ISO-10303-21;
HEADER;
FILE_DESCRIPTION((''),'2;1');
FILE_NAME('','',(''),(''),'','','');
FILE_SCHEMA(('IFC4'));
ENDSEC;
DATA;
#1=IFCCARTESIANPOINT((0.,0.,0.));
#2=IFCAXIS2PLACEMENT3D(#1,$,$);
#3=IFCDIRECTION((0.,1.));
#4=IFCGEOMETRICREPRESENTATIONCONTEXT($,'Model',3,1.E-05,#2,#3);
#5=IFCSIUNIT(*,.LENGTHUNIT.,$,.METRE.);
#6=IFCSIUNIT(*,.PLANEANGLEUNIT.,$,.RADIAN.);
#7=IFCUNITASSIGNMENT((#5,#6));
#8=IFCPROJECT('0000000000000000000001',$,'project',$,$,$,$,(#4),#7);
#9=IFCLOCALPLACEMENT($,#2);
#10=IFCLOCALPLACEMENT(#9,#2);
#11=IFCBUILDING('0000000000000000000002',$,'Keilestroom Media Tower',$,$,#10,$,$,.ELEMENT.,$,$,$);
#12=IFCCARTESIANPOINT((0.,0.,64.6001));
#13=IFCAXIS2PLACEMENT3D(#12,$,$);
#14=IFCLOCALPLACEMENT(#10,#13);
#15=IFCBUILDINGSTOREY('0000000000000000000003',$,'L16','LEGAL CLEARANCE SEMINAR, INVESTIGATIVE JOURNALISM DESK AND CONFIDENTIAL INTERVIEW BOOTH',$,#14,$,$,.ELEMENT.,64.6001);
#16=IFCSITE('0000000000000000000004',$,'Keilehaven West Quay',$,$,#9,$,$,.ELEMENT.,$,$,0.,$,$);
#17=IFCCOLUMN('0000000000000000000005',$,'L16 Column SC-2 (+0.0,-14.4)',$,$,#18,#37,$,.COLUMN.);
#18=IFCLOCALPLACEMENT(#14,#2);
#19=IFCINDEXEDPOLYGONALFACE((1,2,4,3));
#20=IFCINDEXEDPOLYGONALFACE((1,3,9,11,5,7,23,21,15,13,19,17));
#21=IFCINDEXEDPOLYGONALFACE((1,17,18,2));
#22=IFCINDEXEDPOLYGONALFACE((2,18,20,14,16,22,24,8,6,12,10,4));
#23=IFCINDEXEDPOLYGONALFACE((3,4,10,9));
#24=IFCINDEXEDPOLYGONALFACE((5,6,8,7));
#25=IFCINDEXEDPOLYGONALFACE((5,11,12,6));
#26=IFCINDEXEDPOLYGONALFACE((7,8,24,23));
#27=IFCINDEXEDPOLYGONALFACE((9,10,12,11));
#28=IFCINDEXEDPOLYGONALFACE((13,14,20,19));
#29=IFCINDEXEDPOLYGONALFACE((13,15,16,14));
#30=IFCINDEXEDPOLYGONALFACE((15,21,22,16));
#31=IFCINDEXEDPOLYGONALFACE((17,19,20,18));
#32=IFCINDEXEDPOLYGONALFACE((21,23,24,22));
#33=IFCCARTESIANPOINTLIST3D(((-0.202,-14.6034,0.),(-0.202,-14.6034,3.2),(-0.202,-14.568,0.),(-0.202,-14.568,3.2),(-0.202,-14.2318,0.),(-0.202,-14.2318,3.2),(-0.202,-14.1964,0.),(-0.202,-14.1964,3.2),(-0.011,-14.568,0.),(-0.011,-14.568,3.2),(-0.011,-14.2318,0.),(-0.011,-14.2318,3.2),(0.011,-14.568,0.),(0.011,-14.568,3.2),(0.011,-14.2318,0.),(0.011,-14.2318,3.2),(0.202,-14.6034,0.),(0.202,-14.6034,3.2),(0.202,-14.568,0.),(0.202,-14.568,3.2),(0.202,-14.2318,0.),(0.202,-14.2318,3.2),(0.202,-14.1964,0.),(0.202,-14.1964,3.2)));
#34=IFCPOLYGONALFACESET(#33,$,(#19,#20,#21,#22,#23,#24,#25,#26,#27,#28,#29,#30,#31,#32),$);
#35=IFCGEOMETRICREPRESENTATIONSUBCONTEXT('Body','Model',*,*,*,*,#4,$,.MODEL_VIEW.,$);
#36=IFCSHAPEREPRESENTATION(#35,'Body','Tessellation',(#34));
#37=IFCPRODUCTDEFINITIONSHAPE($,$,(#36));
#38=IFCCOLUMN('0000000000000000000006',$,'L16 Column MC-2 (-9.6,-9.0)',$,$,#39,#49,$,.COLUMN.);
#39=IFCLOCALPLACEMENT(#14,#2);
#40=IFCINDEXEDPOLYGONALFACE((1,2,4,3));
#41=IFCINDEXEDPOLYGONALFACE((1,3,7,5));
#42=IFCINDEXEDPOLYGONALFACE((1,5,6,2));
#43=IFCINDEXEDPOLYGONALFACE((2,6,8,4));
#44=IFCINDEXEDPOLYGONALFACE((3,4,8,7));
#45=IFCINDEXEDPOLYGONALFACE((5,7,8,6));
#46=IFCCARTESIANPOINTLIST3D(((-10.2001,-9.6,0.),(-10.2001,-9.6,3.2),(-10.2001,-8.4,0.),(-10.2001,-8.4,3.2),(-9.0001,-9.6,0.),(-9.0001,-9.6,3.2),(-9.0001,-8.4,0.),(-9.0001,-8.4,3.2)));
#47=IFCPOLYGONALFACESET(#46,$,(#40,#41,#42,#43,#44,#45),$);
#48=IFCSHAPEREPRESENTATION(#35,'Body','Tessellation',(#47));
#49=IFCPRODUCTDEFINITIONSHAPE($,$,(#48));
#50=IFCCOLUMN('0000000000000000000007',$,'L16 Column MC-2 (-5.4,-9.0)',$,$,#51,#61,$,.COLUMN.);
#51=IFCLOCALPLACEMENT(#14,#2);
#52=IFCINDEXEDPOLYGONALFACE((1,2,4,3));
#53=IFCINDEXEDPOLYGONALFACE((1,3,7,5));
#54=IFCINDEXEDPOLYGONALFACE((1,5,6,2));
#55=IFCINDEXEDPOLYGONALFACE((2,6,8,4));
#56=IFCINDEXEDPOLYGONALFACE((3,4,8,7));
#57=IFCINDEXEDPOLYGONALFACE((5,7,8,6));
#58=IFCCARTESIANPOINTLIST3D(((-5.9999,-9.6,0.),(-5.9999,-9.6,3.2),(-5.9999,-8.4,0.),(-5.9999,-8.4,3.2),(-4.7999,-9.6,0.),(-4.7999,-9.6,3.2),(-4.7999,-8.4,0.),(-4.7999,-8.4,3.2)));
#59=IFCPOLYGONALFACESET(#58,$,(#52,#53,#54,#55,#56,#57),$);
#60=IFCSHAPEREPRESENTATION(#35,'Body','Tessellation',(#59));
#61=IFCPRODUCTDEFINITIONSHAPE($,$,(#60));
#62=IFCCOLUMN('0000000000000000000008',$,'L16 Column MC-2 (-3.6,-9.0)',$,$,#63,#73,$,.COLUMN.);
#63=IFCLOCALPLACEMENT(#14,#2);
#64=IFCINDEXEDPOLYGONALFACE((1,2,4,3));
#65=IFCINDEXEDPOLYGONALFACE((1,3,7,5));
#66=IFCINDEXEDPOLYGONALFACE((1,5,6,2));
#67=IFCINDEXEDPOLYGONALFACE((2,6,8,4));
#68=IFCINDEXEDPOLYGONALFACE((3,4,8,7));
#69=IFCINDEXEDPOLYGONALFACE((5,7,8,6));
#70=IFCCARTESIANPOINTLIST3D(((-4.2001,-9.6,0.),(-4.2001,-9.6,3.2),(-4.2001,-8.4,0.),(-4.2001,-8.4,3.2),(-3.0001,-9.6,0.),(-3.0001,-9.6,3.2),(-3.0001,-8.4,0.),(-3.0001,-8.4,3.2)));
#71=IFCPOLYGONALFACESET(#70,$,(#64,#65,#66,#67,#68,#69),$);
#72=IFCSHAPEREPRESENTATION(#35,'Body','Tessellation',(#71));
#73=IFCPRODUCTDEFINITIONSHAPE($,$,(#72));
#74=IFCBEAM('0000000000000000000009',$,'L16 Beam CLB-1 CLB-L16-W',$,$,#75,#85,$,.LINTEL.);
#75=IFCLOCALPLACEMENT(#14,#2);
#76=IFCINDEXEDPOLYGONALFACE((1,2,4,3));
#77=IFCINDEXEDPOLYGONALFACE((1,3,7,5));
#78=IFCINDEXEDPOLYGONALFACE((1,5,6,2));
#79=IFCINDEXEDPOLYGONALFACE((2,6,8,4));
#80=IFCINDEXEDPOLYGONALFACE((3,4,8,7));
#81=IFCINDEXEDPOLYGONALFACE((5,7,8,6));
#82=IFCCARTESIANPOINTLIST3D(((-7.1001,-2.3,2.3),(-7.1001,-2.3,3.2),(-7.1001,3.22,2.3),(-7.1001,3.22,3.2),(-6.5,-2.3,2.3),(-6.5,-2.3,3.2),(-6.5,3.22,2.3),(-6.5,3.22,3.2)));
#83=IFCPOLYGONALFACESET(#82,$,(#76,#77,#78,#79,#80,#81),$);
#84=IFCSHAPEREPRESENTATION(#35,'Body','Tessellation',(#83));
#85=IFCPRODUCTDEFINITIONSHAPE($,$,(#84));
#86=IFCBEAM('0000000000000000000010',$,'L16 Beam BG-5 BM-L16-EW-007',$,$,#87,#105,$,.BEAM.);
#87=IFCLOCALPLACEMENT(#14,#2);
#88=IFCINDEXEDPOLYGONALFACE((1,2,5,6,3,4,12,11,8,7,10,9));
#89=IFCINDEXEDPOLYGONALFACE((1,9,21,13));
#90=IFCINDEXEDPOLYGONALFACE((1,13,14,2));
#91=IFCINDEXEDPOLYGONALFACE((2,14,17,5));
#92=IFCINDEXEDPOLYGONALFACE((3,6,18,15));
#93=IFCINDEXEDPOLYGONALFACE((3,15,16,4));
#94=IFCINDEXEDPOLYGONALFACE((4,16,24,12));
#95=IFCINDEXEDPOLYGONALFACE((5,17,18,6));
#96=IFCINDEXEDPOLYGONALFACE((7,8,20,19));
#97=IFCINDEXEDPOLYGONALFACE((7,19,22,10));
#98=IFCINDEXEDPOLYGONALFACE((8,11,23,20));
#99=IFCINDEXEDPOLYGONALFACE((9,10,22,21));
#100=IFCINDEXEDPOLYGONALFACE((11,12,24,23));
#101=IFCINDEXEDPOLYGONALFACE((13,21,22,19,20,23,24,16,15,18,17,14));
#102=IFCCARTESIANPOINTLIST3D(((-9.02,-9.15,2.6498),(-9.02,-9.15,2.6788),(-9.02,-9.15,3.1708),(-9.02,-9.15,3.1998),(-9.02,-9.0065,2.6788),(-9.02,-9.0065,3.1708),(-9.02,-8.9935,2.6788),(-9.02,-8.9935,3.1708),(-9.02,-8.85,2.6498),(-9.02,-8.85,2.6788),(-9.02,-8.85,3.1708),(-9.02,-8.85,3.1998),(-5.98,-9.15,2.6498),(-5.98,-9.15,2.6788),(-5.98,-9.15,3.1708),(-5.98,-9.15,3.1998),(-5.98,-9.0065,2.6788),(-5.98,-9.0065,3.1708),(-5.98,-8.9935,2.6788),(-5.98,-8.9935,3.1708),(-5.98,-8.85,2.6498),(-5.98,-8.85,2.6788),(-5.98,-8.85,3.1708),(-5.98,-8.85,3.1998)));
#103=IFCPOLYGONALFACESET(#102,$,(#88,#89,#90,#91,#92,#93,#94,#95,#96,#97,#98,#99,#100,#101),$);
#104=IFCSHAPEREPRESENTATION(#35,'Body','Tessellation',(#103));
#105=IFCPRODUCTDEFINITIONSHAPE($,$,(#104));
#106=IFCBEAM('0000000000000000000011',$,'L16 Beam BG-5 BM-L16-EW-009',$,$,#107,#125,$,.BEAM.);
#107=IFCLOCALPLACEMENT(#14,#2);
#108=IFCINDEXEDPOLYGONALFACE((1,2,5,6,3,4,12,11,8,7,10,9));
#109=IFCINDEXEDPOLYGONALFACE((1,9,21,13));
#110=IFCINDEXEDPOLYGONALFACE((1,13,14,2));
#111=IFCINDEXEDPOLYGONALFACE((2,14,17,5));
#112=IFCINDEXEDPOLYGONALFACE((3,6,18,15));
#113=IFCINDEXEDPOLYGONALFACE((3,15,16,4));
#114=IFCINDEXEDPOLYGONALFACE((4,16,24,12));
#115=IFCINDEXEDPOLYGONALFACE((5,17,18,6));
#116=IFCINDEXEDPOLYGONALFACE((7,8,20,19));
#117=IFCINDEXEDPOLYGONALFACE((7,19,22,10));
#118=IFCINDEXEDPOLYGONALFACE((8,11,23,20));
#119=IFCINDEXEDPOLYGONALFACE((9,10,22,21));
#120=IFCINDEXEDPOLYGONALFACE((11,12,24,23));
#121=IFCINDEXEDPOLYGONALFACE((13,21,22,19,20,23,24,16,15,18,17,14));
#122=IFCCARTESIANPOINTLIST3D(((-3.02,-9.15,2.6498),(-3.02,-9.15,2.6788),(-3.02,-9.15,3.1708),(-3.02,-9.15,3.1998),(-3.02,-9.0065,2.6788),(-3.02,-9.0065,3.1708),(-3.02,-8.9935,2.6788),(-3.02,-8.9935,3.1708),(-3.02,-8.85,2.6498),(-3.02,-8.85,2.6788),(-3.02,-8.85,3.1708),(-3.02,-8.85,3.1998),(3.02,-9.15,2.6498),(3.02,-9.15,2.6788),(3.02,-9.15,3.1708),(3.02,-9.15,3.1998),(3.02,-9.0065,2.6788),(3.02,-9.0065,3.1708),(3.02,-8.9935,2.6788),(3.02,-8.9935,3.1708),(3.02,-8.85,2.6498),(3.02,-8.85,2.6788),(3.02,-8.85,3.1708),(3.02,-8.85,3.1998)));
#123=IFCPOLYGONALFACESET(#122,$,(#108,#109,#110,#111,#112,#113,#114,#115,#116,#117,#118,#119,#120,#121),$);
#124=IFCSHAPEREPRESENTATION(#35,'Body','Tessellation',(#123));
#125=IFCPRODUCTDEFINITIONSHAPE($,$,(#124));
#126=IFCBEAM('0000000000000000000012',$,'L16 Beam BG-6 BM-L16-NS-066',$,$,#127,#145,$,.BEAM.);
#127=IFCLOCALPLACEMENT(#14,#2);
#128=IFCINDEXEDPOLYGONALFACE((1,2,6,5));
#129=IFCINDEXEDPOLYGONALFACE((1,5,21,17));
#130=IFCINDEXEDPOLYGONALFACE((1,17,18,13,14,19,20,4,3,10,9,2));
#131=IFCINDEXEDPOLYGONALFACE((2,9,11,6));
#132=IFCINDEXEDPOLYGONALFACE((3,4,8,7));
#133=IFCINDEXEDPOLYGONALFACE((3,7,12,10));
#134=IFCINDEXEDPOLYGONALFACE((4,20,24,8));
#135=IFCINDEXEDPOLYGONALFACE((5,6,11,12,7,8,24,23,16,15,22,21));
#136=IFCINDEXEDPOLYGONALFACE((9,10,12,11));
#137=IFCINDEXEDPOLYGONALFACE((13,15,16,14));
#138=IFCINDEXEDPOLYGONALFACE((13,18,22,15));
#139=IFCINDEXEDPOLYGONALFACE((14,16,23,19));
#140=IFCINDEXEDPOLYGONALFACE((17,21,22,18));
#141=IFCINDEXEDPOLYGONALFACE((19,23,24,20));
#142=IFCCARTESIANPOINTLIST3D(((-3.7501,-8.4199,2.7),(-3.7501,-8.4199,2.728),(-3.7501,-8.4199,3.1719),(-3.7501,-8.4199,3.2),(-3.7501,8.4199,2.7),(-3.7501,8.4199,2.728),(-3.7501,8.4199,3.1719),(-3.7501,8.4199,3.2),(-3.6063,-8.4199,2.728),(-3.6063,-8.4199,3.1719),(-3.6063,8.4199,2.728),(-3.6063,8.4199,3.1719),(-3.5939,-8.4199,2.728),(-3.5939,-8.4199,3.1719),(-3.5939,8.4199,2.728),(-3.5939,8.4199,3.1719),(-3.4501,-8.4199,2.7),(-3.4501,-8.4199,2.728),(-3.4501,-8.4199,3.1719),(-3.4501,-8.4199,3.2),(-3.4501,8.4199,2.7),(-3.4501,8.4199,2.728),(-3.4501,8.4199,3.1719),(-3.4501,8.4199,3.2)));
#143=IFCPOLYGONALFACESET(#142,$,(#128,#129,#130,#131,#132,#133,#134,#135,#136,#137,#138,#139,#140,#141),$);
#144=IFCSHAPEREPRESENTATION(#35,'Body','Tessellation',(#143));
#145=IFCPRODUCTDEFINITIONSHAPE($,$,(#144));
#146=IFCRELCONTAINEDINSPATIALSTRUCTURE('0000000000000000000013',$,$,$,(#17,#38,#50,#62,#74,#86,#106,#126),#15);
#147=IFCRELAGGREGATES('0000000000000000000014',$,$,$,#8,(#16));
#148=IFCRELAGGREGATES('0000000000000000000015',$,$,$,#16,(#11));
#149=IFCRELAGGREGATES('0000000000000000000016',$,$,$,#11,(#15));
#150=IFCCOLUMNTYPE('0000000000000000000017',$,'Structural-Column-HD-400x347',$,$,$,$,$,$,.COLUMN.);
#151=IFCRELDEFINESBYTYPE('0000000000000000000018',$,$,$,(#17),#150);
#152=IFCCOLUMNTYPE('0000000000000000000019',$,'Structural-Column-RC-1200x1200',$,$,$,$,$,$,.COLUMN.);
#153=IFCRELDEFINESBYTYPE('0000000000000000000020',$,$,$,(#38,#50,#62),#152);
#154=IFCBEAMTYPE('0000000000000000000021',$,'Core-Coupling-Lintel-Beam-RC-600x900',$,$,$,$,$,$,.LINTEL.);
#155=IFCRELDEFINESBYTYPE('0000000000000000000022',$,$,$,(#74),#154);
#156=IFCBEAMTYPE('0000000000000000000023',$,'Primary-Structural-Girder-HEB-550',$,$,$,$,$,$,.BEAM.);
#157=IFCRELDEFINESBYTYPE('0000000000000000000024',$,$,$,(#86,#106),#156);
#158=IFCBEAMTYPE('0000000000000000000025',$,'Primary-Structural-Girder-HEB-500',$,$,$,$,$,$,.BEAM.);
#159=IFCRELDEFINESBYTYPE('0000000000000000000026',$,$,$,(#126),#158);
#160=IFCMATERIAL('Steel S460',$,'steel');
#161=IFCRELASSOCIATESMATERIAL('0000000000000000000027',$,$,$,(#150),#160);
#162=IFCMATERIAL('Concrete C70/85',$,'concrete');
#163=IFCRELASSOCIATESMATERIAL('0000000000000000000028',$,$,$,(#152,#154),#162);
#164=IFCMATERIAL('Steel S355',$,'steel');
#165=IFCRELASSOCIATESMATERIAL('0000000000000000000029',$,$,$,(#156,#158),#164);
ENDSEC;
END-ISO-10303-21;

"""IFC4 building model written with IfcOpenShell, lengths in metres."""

from ifc_helpers import new_model, si_unit, direction, frame, origin, origin_2d, place, context, subcontext, project, spatial, rectangle, i_section, extrude, source, transform, mapped, material, material_profile, profile_set, type_object, element, save


model = new_model("IFC4")

# Units and contexts
model_context = context("Model", 3, precision=1e-05, world=origin(), true_north=direction((0.0, 1.0)))
body_context = subcontext(model_context, "Body", "Model", "MODEL_VIEW")
ifc_project = project(units=[si_unit("LENGTHUNIT", "METRE"), si_unit("PLANEANGLEUNIT", "RADIAN")], contexts=[model_context])

# Site, building, storey
site_placement = place(None, origin())
site = spatial("IfcSite", under=ifc_project, at=site_placement, Name="Keilehaven West Quay", CompositionType="ELEMENT", RefElevation=0.0)
building_placement = place(site_placement, origin())
building = spatial("IfcBuilding", under=site, at=building_placement, Name="Keilestroom Media Tower", CompositionType="ELEMENT")
storey_placement = place(building_placement, frame((0.0, 0.0, 64.6001)))
storey = spatial("IfcBuildingStorey", under=building, at=storey_placement, Name="L16", Description="LEGAL CLEARANCE SEMINAR, INVESTIGATIVE JOURNALISM DESK AND CONFIDENTIAL INTERVIEW BOOTH", CompositionType="ELEMENT", Elevation=64.6001)

# Columns
ifc_material_1 = material(Name="Steel S460", Category="steel")
ifc_material_profile_1 = material_profile(ifc_material_1, i_section(OverallWidth=0.4041, OverallDepth=0.407, WebThickness=0.022, FlangeThickness=0.0354, at=origin_2d()), Name="HD 400x347")
ifc_profile_set_1 = profile_set([ifc_material_profile_1], Name="Steel S460")
column_type_1 = type_object("IfcColumnType", Name="Structural-Column-HD-400x347", PredefinedType="COLUMN", material=ifc_profile_set_1)
shared_shape_1 = source(origin(), body_context, "Body", "SweptSolid", [
    extrude(i_section(OverallWidth=0.4041, OverallDepth=0.407, WebThickness=0.022, FlangeThickness=0.0354, at=origin_2d()), origin(), (0.0, 0.0, 1.0), 3.2),
])
column_placement = place(storey_placement, frame((0.0, -14.3999, 0.0), z_axis=(0.0, 0.0, 1.0), x_axis=(1.0, 0.0, 0.0)))
element("IfcColumn", 1, at=column_placement, inside=storey, type_object=column_type_1, Name="L16 Column SC-2 (+0.0,-14.4)", PredefinedType="COLUMN", context=body_context, shape_type="MappedRepresentation", body=[
    mapped(shared_shape_1, transform((0.0, 0.0, 0.0), x_axis=(1.0, 0.0, 0.0), y_axis=(0.0, 1.0, 0.0), z_axis=(0.0, 0.0, 1.0), scale=1.0)),
])
ifc_material_2 = material(Name="Concrete C70/85", Category="concrete")
ifc_material_profile_2 = material_profile(ifc_material_2, rectangle(XDim=1.2, YDim=1.2, at=origin_2d()), Name="RC 1200x1200")
ifc_profile_set_2 = profile_set([ifc_material_profile_2], Name="Concrete C70/85")
column_type_2 = type_object("IfcColumnType", Name="Structural-Column-RC-1200x1200", PredefinedType="COLUMN", material=ifc_profile_set_2)
shared_shape_2 = source(origin(), body_context, "Body", "SweptSolid", [
    extrude(rectangle(XDim=1.2, YDim=1.2, at=origin_2d()), origin(), (0.0, 0.0, 1.0), 3.2),
])
for number, where, z_axis, x_axis, name in (
    (2, (-9.6001, -9.0, 0.0), (0.0, 0.0, 1.0), (1.0, 0.0, 0.0), "L16 Column MC-2 (-9.6,-9.0)"),
    (3, (-5.3999, -9.0, 0.0), (0.0, 0.0, 1.0), (1.0, 0.0, 0.0), "L16 Column MC-2 (-5.4,-9.0)"),
    (4, (-3.6001, -9.0, 0.0), (0.0, 0.0, 1.0), (1.0, 0.0, 0.0), "L16 Column MC-2 (-3.6,-9.0)"),
):
    element("IfcColumn", number, at=place(storey_placement, frame(where, z_axis=z_axis, x_axis=x_axis)), inside=storey, type_object=column_type_2, Name=name, PredefinedType="COLUMN", context=body_context, shape_type="MappedRepresentation", body=[
        mapped(shared_shape_2, transform((0.0, 0.0, 0.0), x_axis=(1.0, 0.0, 0.0), y_axis=(0.0, 1.0, 0.0), z_axis=(0.0, 0.0, 1.0), scale=1.0)),
    ])

# Beams
ifc_material_profile_3 = material_profile(ifc_material_2, rectangle(XDim=0.6001, YDim=0.8999, at=origin_2d()), Name="RC 600x900")
ifc_profile_set_3 = profile_set([ifc_material_profile_3], Name="Concrete C70/85")
beam_type_1 = type_object("IfcBeamType", Name="Core-Coupling-Lintel-Beam-RC-600x900", PredefinedType="LINTEL", material=ifc_profile_set_3)
shared_shape_3 = source(origin(), body_context, "Body", "SweptSolid", [
    extrude(rectangle(XDim=0.6001, YDim=0.8999, at=origin_2d()), origin(), (0.0, 0.0, 1.0), 5.52),
])
beam_1_placement = place(storey_placement, frame((-6.8, -2.3, 2.75), z_axis=(0.0, 1.0, 0.0), x_axis=(-1.0, 0.0, 0.0)))
element("IfcBeam", 5, at=beam_1_placement, inside=storey, type_object=beam_type_1, Name="L16 Beam CLB-1 CLB-L16-W", PredefinedType="LINTEL", context=body_context, shape_type="MappedRepresentation", body=[
    mapped(shared_shape_3, transform((0.0, 0.0, 0.0), x_axis=(1.0, 0.0, 0.0), y_axis=(0.0, 1.0, 0.0), z_axis=(0.0, 0.0, 1.0), scale=1.0)),
])
ifc_material_3 = material(Name="Steel S355", Category="steel")
ifc_material_profile_4 = material_profile(ifc_material_3, i_section(OverallWidth=0.3, OverallDepth=0.55, WebThickness=0.0129, FlangeThickness=0.0291, at=origin_2d()), Name="HEB 550")
ifc_profile_set_4 = profile_set([ifc_material_profile_4], Name="Steel S355")
beam_type_2 = type_object("IfcBeamType", Name="Primary-Structural-Girder-HEB-550", PredefinedType="BEAM", material=ifc_profile_set_4)
shared_shape_4 = source(origin(), body_context, "Body", "SweptSolid", [
    extrude(i_section(OverallWidth=0.3, OverallDepth=0.55, WebThickness=0.0129, FlangeThickness=0.0291, at=origin_2d()), origin(), (0.0, 0.0, 1.0), 3.04),
])
beam_2_placement = place(storey_placement, frame((-9.02, -9.0, 2.9248), z_axis=(1.0, 0.0, 0.0), x_axis=(0.0, 1.0, 0.0)))
element("IfcBeam", 6, at=beam_2_placement, inside=storey, type_object=beam_type_2, Name="L16 Beam BG-5 BM-L16-EW-007", PredefinedType="BEAM", context=body_context, shape_type="MappedRepresentation", body=[
    mapped(shared_shape_4, transform((0.0, 0.0, 0.0), x_axis=(1.0, 0.0, 0.0), y_axis=(0.0, 1.0, 0.0), z_axis=(0.0, 0.0, 1.0), scale=1.0)),
])
shared_shape_5 = source(origin(), body_context, "Body", "SweptSolid", [
    extrude(i_section(OverallWidth=0.3, OverallDepth=0.55, WebThickness=0.0129, FlangeThickness=0.0291, at=origin_2d()), origin(), (0.0, 0.0, 1.0), 6.04),
])
beam_3_placement = place(storey_placement, frame((-3.02, -9.0, 2.9248), z_axis=(1.0, 0.0, 0.0), x_axis=(0.0, 1.0, 0.0)))
element("IfcBeam", 7, at=beam_3_placement, inside=storey, type_object=beam_type_2, Name="L16 Beam BG-5 BM-L16-EW-009", PredefinedType="BEAM", context=body_context, shape_type="MappedRepresentation", body=[
    mapped(shared_shape_5, transform((0.0, 0.0, 0.0), x_axis=(1.0, 0.0, 0.0), y_axis=(0.0, 1.0, 0.0), z_axis=(0.0, 0.0, 1.0), scale=1.0)),
])
ifc_material_profile_5 = material_profile(ifc_material_3, i_section(OverallWidth=0.3, OverallDepth=0.5, WebThickness=0.0125, FlangeThickness=0.0281, at=origin_2d()), Name="HEB 500")
ifc_profile_set_5 = profile_set([ifc_material_profile_5], Name="Steel S355")
beam_type_3 = type_object("IfcBeamType", Name="Primary-Structural-Girder-HEB-500", PredefinedType="BEAM", material=ifc_profile_set_5)
shared_shape_6 = source(origin(), body_context, "Body", "SweptSolid", [
    extrude(i_section(OverallWidth=0.3, OverallDepth=0.5, WebThickness=0.0125, FlangeThickness=0.0281, at=origin_2d()), origin(), (0.0, 0.0, 1.0), 16.8398),
])
beam_4_placement = place(storey_placement, frame((-3.6001, -8.4199, 2.95), z_axis=(0.0, 1.0, 0.0), x_axis=(-1.0, 0.0, 0.0)))
element("IfcBeam", 8, at=beam_4_placement, inside=storey, type_object=beam_type_3, Name="L16 Beam BG-6 BM-L16-NS-066", PredefinedType="BEAM", context=body_context, shape_type="MappedRepresentation", body=[
    mapped(shared_shape_6, transform((0.0, 0.0, 0.0), x_axis=(1.0, 0.0, 0.0), y_axis=(0.0, 1.0, 0.0), z_axis=(0.0, 0.0, 1.0), scale=1.0)),
])

save(model, "model.ifc")
